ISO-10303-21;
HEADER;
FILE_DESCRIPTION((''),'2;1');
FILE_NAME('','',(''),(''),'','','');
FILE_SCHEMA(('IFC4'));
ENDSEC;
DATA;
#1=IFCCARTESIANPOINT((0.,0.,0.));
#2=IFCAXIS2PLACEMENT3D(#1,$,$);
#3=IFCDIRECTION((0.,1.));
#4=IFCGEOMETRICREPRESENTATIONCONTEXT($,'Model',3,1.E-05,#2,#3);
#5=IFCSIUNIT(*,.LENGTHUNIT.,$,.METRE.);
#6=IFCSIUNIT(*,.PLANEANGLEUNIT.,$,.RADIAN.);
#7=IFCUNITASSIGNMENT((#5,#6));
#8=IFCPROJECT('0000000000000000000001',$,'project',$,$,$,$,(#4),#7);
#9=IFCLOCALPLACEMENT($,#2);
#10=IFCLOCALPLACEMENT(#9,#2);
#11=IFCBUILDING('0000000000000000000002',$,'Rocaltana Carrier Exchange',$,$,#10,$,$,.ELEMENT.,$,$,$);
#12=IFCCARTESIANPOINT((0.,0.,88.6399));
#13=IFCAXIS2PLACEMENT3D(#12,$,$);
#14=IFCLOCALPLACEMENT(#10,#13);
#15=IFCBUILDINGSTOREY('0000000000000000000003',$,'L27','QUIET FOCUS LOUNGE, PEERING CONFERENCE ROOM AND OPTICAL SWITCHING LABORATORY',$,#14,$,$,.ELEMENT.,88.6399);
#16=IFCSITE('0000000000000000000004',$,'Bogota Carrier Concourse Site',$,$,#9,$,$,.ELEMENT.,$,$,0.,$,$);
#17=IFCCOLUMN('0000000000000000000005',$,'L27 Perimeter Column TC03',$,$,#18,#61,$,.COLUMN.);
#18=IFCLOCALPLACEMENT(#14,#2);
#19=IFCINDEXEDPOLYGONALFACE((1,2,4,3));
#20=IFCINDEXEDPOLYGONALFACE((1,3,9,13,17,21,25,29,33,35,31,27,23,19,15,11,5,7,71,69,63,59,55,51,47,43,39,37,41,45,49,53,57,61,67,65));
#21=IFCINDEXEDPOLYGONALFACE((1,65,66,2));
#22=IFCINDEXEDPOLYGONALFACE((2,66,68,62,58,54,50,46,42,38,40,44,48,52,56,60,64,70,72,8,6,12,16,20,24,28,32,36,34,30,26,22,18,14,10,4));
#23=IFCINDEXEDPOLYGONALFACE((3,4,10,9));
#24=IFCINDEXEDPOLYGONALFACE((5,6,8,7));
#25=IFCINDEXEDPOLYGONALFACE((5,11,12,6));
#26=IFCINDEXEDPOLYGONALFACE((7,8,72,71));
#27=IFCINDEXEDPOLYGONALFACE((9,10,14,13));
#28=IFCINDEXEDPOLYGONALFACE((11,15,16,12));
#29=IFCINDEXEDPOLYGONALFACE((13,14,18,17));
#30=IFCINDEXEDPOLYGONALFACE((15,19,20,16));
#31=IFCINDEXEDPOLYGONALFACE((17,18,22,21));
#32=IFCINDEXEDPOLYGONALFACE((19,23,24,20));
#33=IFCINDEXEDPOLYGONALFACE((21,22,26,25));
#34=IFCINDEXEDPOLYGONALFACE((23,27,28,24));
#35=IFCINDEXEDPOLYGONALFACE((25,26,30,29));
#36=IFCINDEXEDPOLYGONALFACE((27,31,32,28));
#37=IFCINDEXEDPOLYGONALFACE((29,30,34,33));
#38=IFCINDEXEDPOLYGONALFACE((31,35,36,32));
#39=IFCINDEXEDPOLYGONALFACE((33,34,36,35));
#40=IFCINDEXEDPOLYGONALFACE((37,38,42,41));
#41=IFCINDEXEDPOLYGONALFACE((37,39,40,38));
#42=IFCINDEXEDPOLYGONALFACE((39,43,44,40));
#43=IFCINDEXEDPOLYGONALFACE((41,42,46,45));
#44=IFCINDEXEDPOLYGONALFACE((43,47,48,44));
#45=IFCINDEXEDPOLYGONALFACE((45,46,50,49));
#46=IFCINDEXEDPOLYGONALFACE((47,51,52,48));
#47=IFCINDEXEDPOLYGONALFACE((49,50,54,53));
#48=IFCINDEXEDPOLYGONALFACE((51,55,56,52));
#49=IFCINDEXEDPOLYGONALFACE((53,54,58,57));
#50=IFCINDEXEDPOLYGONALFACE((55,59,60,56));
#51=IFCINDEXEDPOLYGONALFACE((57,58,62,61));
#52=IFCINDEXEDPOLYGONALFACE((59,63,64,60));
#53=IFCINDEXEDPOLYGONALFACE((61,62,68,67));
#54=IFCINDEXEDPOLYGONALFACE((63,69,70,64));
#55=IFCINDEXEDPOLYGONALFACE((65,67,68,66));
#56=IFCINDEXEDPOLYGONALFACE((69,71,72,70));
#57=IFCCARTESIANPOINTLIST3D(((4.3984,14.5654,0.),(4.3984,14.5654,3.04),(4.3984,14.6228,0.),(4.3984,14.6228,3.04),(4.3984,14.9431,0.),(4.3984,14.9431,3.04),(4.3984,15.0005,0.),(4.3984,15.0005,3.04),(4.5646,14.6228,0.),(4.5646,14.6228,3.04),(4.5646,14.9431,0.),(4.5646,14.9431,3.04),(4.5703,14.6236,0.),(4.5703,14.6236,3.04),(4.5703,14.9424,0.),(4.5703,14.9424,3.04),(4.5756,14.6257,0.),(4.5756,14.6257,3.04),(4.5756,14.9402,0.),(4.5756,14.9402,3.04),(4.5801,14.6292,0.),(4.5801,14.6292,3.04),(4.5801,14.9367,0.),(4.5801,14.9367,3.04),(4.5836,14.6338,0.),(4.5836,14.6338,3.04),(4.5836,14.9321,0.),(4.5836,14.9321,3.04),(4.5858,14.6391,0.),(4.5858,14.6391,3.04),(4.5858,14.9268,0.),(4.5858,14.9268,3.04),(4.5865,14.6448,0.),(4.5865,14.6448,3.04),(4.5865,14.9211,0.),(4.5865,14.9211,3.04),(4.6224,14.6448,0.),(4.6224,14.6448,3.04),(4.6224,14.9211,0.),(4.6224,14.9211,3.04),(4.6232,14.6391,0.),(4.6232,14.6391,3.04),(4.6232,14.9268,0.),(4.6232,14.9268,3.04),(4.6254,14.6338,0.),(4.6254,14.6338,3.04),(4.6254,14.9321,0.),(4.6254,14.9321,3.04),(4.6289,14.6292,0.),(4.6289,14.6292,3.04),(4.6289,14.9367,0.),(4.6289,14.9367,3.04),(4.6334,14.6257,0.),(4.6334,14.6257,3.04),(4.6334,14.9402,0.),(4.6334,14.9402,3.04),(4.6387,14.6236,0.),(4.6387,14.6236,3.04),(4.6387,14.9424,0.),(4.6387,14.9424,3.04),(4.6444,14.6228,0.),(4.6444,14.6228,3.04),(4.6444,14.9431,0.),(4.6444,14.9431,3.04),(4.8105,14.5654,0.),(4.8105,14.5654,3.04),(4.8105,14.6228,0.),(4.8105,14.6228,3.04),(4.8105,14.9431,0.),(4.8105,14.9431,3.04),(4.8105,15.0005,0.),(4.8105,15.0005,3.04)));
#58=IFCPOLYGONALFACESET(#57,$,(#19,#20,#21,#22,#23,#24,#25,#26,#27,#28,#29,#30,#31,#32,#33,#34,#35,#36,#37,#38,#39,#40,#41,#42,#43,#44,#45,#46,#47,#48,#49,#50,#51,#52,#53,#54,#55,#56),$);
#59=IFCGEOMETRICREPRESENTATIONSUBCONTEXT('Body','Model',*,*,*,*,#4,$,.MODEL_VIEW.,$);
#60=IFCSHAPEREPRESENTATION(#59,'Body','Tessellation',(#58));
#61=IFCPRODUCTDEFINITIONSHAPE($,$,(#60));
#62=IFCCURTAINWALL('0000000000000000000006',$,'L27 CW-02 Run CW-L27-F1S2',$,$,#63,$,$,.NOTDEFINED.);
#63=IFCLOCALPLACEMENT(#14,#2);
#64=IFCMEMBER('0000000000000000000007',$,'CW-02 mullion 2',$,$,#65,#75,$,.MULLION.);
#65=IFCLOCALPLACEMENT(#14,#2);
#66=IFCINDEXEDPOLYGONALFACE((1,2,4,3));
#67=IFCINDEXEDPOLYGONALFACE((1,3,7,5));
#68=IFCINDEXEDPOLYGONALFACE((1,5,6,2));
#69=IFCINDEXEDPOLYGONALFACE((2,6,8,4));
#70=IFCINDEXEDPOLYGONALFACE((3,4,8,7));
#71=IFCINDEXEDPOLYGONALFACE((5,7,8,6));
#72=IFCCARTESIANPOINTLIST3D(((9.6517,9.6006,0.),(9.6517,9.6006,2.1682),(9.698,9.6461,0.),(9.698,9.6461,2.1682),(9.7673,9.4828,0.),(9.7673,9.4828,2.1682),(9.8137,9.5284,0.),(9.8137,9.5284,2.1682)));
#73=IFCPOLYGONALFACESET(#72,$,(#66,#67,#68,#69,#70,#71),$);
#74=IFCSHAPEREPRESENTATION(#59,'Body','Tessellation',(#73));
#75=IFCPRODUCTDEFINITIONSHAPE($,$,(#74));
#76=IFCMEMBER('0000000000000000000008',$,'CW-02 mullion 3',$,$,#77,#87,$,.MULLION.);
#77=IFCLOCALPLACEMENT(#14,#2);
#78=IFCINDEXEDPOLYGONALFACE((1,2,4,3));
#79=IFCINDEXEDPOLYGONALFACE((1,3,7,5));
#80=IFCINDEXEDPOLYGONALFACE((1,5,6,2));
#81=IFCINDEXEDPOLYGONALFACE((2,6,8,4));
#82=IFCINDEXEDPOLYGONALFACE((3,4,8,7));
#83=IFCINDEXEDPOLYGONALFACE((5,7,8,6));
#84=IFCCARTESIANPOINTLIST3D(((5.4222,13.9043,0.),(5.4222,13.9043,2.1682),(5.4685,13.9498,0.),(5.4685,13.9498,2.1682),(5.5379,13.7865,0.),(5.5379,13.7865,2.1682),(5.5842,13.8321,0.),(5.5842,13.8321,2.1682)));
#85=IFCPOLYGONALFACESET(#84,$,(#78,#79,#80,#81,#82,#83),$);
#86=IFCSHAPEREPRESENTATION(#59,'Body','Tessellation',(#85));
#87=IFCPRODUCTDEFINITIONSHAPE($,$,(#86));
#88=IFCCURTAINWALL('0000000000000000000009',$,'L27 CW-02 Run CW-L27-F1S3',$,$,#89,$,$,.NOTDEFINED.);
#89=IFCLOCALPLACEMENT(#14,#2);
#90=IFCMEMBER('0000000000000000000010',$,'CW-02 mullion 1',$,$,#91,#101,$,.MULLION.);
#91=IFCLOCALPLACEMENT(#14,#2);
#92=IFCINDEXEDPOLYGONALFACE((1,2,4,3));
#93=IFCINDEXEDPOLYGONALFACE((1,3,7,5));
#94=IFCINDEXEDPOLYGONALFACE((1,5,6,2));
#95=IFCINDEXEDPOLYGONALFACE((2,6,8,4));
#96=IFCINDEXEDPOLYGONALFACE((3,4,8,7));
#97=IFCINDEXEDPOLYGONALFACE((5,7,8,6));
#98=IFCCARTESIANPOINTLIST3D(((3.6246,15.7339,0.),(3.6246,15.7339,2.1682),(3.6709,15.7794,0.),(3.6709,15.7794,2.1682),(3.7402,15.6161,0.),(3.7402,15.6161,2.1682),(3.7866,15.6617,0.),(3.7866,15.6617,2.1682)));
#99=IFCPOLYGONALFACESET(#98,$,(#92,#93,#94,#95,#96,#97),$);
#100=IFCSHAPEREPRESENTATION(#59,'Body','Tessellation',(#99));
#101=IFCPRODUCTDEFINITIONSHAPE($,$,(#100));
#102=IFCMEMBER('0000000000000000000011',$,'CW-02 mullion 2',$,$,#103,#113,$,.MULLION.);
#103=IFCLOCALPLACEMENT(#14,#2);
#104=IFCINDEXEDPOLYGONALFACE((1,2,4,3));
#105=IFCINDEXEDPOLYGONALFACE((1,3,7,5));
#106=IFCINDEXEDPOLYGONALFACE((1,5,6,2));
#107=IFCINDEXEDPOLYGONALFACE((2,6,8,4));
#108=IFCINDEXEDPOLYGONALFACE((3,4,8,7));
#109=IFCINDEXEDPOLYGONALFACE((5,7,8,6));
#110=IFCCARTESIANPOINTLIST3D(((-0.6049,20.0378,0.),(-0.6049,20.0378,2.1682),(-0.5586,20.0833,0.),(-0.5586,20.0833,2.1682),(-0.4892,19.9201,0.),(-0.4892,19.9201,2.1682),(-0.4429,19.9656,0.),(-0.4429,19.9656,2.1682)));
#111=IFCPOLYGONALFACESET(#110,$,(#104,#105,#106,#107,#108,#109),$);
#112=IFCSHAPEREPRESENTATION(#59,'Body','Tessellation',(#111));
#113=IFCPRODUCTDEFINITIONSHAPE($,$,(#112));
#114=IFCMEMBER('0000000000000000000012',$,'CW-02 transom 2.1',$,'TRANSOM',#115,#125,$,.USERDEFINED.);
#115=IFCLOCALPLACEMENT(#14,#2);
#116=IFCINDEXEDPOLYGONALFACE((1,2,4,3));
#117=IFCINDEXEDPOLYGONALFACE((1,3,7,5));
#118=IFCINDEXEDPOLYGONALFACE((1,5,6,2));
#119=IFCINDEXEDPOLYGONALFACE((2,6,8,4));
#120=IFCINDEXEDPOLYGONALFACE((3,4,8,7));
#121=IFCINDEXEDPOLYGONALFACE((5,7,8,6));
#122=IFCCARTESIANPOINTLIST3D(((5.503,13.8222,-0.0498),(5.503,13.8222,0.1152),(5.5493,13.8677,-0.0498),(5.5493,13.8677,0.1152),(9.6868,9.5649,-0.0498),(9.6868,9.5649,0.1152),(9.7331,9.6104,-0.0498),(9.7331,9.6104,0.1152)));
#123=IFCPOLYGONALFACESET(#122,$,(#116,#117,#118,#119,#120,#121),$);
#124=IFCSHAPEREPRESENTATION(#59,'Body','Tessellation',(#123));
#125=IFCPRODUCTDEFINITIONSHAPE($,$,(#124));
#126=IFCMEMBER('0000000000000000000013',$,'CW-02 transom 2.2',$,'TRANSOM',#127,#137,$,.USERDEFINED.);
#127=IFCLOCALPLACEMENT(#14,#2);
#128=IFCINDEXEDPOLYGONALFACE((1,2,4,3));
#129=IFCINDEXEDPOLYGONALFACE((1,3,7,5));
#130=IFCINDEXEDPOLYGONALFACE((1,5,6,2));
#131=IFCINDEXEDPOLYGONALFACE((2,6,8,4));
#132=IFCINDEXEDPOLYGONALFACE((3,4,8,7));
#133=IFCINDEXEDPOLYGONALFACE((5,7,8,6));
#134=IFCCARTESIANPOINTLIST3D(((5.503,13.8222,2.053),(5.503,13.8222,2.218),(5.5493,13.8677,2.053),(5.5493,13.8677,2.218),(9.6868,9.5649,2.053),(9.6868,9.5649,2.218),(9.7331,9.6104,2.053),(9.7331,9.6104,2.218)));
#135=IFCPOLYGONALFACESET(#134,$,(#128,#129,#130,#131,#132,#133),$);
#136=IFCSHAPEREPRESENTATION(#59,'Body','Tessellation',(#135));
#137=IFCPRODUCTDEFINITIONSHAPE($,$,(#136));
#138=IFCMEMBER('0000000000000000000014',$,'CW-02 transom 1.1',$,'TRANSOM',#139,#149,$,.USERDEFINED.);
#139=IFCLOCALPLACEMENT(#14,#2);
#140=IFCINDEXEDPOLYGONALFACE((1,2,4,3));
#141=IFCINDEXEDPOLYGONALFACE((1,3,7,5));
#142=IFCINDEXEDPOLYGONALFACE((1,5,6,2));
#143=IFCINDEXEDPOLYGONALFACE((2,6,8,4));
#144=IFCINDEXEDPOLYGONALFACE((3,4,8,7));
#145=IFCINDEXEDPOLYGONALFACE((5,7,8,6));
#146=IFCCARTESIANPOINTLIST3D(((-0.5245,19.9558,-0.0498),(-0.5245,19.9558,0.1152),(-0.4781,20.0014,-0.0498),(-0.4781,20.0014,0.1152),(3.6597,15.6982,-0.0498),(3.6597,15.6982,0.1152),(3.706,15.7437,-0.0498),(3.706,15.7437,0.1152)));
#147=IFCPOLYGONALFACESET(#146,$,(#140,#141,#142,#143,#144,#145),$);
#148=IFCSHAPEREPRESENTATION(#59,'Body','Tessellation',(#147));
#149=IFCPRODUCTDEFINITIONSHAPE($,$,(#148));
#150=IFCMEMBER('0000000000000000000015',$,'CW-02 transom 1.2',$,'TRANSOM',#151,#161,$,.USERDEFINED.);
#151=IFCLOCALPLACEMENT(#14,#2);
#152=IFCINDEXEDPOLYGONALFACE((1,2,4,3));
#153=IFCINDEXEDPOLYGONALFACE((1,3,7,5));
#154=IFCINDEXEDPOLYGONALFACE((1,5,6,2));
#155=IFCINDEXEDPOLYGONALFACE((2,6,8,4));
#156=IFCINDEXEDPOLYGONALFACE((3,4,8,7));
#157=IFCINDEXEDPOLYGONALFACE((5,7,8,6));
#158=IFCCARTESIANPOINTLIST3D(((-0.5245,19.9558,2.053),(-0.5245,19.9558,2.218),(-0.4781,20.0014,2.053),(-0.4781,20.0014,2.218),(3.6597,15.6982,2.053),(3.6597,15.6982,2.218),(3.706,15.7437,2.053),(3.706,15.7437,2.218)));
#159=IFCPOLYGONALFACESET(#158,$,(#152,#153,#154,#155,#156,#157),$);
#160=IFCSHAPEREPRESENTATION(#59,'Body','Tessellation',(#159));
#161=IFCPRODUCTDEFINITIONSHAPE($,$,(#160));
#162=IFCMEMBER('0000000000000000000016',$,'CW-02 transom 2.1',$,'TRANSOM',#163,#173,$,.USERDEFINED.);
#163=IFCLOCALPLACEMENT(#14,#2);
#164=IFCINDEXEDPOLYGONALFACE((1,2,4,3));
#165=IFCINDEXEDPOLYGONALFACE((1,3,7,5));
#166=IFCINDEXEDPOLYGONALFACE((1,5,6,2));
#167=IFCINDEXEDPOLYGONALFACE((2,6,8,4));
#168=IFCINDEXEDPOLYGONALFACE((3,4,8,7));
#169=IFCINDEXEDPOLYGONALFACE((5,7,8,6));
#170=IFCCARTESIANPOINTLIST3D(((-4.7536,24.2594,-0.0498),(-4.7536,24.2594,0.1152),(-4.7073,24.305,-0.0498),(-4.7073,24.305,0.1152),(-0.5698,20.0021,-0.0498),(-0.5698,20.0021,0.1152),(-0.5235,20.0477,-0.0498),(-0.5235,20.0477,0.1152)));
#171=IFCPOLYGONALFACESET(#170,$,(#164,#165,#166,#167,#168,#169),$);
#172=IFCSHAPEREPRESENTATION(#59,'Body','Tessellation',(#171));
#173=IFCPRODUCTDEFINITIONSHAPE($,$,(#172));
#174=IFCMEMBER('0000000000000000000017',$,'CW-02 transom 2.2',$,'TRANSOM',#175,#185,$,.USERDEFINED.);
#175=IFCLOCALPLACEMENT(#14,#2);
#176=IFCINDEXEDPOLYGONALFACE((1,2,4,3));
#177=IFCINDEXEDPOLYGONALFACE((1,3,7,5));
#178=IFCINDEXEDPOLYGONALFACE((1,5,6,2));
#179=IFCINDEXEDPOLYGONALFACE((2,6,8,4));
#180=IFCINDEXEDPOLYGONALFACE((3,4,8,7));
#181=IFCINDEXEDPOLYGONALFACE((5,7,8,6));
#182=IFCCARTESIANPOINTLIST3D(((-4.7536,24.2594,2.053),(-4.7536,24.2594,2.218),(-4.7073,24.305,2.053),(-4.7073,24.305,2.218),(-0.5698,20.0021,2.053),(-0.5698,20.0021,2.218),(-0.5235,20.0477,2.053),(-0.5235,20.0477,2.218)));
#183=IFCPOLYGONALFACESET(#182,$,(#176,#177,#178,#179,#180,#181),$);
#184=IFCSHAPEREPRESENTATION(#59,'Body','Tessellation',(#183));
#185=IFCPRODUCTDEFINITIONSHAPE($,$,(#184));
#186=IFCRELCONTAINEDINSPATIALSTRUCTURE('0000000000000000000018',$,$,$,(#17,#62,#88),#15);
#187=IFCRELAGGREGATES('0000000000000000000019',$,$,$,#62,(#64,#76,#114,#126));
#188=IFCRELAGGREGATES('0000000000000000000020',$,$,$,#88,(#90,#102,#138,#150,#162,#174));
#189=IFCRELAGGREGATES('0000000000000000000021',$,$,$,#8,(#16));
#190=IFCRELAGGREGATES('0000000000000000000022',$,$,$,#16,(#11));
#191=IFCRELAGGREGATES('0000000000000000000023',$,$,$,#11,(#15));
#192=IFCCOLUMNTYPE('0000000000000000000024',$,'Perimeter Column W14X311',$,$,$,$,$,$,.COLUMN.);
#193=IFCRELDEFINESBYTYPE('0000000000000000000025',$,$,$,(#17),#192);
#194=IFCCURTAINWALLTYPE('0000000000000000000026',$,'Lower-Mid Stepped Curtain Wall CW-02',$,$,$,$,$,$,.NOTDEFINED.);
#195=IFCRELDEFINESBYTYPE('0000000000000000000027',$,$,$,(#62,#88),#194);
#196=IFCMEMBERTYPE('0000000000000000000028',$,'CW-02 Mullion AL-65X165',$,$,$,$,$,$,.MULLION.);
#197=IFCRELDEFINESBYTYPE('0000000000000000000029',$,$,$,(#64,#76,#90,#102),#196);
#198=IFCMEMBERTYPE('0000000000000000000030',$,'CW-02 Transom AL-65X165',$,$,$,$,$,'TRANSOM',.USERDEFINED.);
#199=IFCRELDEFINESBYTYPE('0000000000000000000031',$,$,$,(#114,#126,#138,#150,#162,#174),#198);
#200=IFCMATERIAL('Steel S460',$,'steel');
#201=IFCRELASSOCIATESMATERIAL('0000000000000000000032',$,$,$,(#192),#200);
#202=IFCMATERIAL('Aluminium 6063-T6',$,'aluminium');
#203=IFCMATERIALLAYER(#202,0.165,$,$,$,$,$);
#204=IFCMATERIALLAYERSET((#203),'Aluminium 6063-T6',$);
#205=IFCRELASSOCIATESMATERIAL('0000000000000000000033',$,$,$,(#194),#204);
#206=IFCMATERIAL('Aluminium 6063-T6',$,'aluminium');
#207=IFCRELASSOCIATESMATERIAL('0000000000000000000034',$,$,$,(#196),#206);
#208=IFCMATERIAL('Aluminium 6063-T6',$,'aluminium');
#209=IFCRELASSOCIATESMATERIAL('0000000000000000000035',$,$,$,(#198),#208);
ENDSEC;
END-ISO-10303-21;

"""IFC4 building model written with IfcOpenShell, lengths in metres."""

from ifc_helpers import new_model, si_unit, direction, frame, origin, origin_2d, place, context, subcontext, project, spatial, rectangle, i_section, extrude, material, layer, layer_set, material_profile, profile_set, type_object, element, aggregate, save


model = new_model("IFC4")

# Units and contexts
model_context = context("Model", 3, precision=1e-05, world=origin(), true_north=direction((0.0, 1.0)))
body_context = subcontext(model_context, "Body", "Model", "MODEL_VIEW")
ifc_project = project(units=[si_unit("LENGTHUNIT", "METRE"), si_unit("PLANEANGLEUNIT", "RADIAN")], contexts=[model_context])

# Site, building, storey
site_placement = place(None, origin())
site = spatial("IfcSite", under=ifc_project, at=site_placement, Name="Bogota Carrier Concourse Site", CompositionType="ELEMENT", RefElevation=0.0)
building_placement = place(site_placement, origin())
building = spatial("IfcBuilding", under=site, at=building_placement, Name="Rocaltana Carrier Exchange", CompositionType="ELEMENT")
storey_placement = place(building_placement, frame((0.0, 0.0, 88.6399)))
storey = spatial("IfcBuildingStorey", under=building, at=storey_placement, Name="L27", Description="QUIET FOCUS LOUNGE, PEERING CONFERENCE ROOM AND OPTICAL SWITCHING LABORATORY", CompositionType="ELEMENT", Elevation=88.6399)

# Column
ifc_material_1 = material(Name="Steel S460", Category="steel")
ifc_material_profile_1 = material_profile(ifc_material_1, i_section(OverallWidth=0.4121, OverallDepth=0.4351, WebThickness=0.0359, FlangeThickness=0.0574, FilletRadius=0.022, at=origin_2d()), Name="W14X311")
ifc_profile_set_1 = profile_set([ifc_material_profile_1], Name="Steel S460")
column_type = type_object("IfcColumnType", Name="Perimeter Column W14X311", PredefinedType="COLUMN", material=ifc_profile_set_1)
column_placement = place(storey_placement, frame((4.6045, 14.783, 0.0), z_axis=(0.0, 0.0, 1.0), x_axis=(1.0, 0.0, 0.0)))
element("IfcColumn", 1, at=column_placement, inside=storey, type_object=column_type, Name="L27 Perimeter Column TC03", PredefinedType="COLUMN", context=body_context, shape_type="SweptSolid", body=[
    extrude(i_section(OverallWidth=0.4121, OverallDepth=0.4351, WebThickness=0.0359, FlangeThickness=0.0574, FilletRadius=0.022, at=origin_2d()), origin(), (0.0, 0.0, 1.0), 3.04),
])

# Curtain walls, members
ifc_material_2 = material(Name="Aluminium 6063-T6", Category="aluminium")
ifc_layer_1 = layer(ifc_material_2, 0.165)
ifc_layer_set_1 = layer_set([ifc_layer_1], Name="Aluminium 6063-T6")
curtain_wall_type = type_object("IfcCurtainWallType", Name="Lower-Mid Stepped Curtain Wall CW-02", PredefinedType="NOTDEFINED", material=ifc_layer_set_1)
curtain_wall_1_placement = place(storey_placement, origin())
curtain_wall_1 = element("IfcCurtainWall", 2, at=curtain_wall_1_placement, inside=storey, type_object=curtain_wall_type, Name="L27 CW-02 Run CW-L27-F1S2", PredefinedType="NOTDEFINED")
ifc_material_3 = material(Name="Aluminium 6063-T6", Category="aluminium")
ifc_material_profile_2 = material_profile(ifc_material_3, rectangle(XDim=0.0649, YDim=0.165, at=origin_2d()), Name="AL-65X165")
ifc_profile_set_2 = profile_set([ifc_material_profile_2], Name="Aluminium 6063-T6")
member_type_1 = type_object("IfcMemberType", Name="CW-02 Mullion AL-65X165", PredefinedType="MULLION", material=ifc_profile_set_2)
member_1_placement = place(storey_placement, frame((9.7327, 9.5645, 0.0), z_axis=(0.0, 0.0, 1.0), x_axis=(-0.713245, -0.700915, 0.0)))
member_1 = element("IfcMember", 3, at=member_1_placement, type_object=member_type_1, Name="CW-02 mullion 2", PredefinedType="MULLION", context=body_context, shape_type="SweptSolid", body=[
    extrude(rectangle(XDim=0.0649, YDim=0.165, at=origin_2d()), origin(), (0.0, 0.0, 1.0), 2.1682),
])
member_2_placement = place(storey_placement, frame((5.5032, 13.8682, 0.0), z_axis=(0.0, 0.0, 1.0), x_axis=(-0.713245, -0.700915, 0.0)))
member_2 = element("IfcMember", 4, at=member_2_placement, type_object=member_type_1, Name="CW-02 mullion 3", PredefinedType="MULLION", context=body_context, shape_type="SweptSolid", body=[
    extrude(rectangle(XDim=0.0649, YDim=0.165, at=origin_2d()), origin(), (0.0, 0.0, 1.0), 2.1682),
])
curtain_wall_2_placement = place(storey_placement, origin())
curtain_wall_2 = element("IfcCurtainWall", 5, at=curtain_wall_2_placement, inside=storey, type_object=curtain_wall_type, Name="L27 CW-02 Run CW-L27-F1S3", PredefinedType="NOTDEFINED")
member_3_placement = place(storey_placement, frame((3.7056, 15.6978, 0.0), z_axis=(0.0, 0.0, 1.0), x_axis=(-0.713245, -0.700915, 0.0)))
member_3 = element("IfcMember", 6, at=member_3_placement, type_object=member_type_1, Name="CW-02 mullion 1", PredefinedType="MULLION", context=body_context, shape_type="SweptSolid", body=[
    extrude(rectangle(XDim=0.0649, YDim=0.165, at=origin_2d()), origin(), (0.0, 0.0, 1.0), 2.1682),
])
member_4_placement = place(storey_placement, frame((-0.5239, 20.0017, 0.0), z_axis=(0.0, 0.0, 1.0), x_axis=(-0.713245, -0.700915, 0.0)))
member_4 = element("IfcMember", 7, at=member_4_placement, type_object=member_type_1, Name="CW-02 mullion 2", PredefinedType="MULLION", context=body_context, shape_type="SweptSolid", body=[
    extrude(rectangle(XDim=0.0649, YDim=0.165, at=origin_2d()), origin(), (0.0, 0.0, 1.0), 2.1682),
])

# Members
ifc_material_4 = material(Name="Aluminium 6063-T6", Category="aluminium")
ifc_material_profile_3 = material_profile(ifc_material_4, rectangle(XDim=0.0649, YDim=0.165, at=origin_2d()), Name="AL-65X165")
ifc_profile_set_3 = profile_set([ifc_material_profile_3], Name="Aluminium 6063-T6")
member_type_2 = type_object("IfcMemberType", Name="CW-02 Transom AL-65X165", ElementType="TRANSOM", PredefinedType="USERDEFINED", material=ifc_profile_set_3)
member_5_placement = place(storey_placement, frame((9.71, 9.5876, 0.0327), z_axis=(-0.700924, 0.713236, 0.0), x_axis=(-0.713236, -0.700924, 0.0)))
member_5 = element("IfcMember", 8, at=member_5_placement, type_object=member_type_2, Name="CW-02 transom 2.1", ObjectType="TRANSOM", PredefinedType="USERDEFINED", context=body_context, shape_type="SweptSolid", body=[
    extrude(rectangle(XDim=0.0649, YDim=0.165, at=origin_2d()), origin(), (0.0, 0.0, 1.0), 5.969),
])
member_6_placement = place(storey_placement, frame((9.71, 9.5876, 2.1355), z_axis=(-0.700924, 0.713236, 0.0), x_axis=(-0.713236, -0.700924, 0.0)))
member_6 = element("IfcMember", 9, at=member_6_placement, type_object=member_type_2, Name="CW-02 transom 2.2", ObjectType="TRANSOM", PredefinedType="USERDEFINED", context=body_context, shape_type="SweptSolid", body=[
    extrude(rectangle(XDim=0.0649, YDim=0.165, at=origin_2d()), origin(), (0.0, 0.0, 1.0), 5.969),
])
member_7_placement = place(storey_placement, frame((3.6829, 15.7209, 0.0327), z_axis=(-0.700925, 0.713235, 0.0), x_axis=(-0.713235, -0.700925, 0.0)))
member_7 = element("IfcMember", 10, at=member_7_placement, type_object=member_type_2, Name="CW-02 transom 1.1", ObjectType="TRANSOM", PredefinedType="USERDEFINED", context=body_context, shape_type="SweptSolid", body=[
    extrude(rectangle(XDim=0.0649, YDim=0.165, at=origin_2d()), origin(), (0.0, 0.0, 1.0), 5.9695),
])
member_8_placement = place(storey_placement, frame((3.6829, 15.7209, 2.1355), z_axis=(-0.700925, 0.713235, 0.0), x_axis=(-0.713235, -0.700925, 0.0)))
member_8 = element("IfcMember", 11, at=member_8_placement, type_object=member_type_2, Name="CW-02 transom 1.2", ObjectType="TRANSOM", PredefinedType="USERDEFINED", context=body_context, shape_type="SweptSolid", body=[
    extrude(rectangle(XDim=0.0649, YDim=0.165, at=origin_2d()), origin(), (0.0, 0.0, 1.0), 5.9695),
])
member_9_placement = place(storey_placement, frame((-0.5466, 20.0249, 0.0327), z_axis=(-0.700924, 0.713236, 0.0), x_axis=(-0.713236, -0.700924, 0.0)))
member_9 = element("IfcMember", 12, at=member_9_placement, type_object=member_type_2, Name="CW-02 transom 2.1", ObjectType="TRANSOM", PredefinedType="USERDEFINED", context=body_context, shape_type="SweptSolid", body=[
    extrude(rectangle(XDim=0.0649, YDim=0.165, at=origin_2d()), origin(), (0.0, 0.0, 1.0), 5.969),
])
member_10_placement = place(storey_placement, frame((-0.5466, 20.0249, 2.1355), z_axis=(-0.700924, 0.713236, 0.0), x_axis=(-0.713236, -0.700924, 0.0)))
member_10 = element("IfcMember", 13, at=member_10_placement, type_object=member_type_2, Name="CW-02 transom 2.2", ObjectType="TRANSOM", PredefinedType="USERDEFINED", context=body_context, shape_type="SweptSolid", body=[
    extrude(rectangle(XDim=0.0649, YDim=0.165, at=origin_2d()), origin(), (0.0, 0.0, 1.0), 5.969),
])

aggregate(curtain_wall_1, [member_1, member_2, member_5, member_6])
aggregate(curtain_wall_2, [member_3, member_4, member_7, member_8, member_9, member_10])

save(model, "model.ifc")
